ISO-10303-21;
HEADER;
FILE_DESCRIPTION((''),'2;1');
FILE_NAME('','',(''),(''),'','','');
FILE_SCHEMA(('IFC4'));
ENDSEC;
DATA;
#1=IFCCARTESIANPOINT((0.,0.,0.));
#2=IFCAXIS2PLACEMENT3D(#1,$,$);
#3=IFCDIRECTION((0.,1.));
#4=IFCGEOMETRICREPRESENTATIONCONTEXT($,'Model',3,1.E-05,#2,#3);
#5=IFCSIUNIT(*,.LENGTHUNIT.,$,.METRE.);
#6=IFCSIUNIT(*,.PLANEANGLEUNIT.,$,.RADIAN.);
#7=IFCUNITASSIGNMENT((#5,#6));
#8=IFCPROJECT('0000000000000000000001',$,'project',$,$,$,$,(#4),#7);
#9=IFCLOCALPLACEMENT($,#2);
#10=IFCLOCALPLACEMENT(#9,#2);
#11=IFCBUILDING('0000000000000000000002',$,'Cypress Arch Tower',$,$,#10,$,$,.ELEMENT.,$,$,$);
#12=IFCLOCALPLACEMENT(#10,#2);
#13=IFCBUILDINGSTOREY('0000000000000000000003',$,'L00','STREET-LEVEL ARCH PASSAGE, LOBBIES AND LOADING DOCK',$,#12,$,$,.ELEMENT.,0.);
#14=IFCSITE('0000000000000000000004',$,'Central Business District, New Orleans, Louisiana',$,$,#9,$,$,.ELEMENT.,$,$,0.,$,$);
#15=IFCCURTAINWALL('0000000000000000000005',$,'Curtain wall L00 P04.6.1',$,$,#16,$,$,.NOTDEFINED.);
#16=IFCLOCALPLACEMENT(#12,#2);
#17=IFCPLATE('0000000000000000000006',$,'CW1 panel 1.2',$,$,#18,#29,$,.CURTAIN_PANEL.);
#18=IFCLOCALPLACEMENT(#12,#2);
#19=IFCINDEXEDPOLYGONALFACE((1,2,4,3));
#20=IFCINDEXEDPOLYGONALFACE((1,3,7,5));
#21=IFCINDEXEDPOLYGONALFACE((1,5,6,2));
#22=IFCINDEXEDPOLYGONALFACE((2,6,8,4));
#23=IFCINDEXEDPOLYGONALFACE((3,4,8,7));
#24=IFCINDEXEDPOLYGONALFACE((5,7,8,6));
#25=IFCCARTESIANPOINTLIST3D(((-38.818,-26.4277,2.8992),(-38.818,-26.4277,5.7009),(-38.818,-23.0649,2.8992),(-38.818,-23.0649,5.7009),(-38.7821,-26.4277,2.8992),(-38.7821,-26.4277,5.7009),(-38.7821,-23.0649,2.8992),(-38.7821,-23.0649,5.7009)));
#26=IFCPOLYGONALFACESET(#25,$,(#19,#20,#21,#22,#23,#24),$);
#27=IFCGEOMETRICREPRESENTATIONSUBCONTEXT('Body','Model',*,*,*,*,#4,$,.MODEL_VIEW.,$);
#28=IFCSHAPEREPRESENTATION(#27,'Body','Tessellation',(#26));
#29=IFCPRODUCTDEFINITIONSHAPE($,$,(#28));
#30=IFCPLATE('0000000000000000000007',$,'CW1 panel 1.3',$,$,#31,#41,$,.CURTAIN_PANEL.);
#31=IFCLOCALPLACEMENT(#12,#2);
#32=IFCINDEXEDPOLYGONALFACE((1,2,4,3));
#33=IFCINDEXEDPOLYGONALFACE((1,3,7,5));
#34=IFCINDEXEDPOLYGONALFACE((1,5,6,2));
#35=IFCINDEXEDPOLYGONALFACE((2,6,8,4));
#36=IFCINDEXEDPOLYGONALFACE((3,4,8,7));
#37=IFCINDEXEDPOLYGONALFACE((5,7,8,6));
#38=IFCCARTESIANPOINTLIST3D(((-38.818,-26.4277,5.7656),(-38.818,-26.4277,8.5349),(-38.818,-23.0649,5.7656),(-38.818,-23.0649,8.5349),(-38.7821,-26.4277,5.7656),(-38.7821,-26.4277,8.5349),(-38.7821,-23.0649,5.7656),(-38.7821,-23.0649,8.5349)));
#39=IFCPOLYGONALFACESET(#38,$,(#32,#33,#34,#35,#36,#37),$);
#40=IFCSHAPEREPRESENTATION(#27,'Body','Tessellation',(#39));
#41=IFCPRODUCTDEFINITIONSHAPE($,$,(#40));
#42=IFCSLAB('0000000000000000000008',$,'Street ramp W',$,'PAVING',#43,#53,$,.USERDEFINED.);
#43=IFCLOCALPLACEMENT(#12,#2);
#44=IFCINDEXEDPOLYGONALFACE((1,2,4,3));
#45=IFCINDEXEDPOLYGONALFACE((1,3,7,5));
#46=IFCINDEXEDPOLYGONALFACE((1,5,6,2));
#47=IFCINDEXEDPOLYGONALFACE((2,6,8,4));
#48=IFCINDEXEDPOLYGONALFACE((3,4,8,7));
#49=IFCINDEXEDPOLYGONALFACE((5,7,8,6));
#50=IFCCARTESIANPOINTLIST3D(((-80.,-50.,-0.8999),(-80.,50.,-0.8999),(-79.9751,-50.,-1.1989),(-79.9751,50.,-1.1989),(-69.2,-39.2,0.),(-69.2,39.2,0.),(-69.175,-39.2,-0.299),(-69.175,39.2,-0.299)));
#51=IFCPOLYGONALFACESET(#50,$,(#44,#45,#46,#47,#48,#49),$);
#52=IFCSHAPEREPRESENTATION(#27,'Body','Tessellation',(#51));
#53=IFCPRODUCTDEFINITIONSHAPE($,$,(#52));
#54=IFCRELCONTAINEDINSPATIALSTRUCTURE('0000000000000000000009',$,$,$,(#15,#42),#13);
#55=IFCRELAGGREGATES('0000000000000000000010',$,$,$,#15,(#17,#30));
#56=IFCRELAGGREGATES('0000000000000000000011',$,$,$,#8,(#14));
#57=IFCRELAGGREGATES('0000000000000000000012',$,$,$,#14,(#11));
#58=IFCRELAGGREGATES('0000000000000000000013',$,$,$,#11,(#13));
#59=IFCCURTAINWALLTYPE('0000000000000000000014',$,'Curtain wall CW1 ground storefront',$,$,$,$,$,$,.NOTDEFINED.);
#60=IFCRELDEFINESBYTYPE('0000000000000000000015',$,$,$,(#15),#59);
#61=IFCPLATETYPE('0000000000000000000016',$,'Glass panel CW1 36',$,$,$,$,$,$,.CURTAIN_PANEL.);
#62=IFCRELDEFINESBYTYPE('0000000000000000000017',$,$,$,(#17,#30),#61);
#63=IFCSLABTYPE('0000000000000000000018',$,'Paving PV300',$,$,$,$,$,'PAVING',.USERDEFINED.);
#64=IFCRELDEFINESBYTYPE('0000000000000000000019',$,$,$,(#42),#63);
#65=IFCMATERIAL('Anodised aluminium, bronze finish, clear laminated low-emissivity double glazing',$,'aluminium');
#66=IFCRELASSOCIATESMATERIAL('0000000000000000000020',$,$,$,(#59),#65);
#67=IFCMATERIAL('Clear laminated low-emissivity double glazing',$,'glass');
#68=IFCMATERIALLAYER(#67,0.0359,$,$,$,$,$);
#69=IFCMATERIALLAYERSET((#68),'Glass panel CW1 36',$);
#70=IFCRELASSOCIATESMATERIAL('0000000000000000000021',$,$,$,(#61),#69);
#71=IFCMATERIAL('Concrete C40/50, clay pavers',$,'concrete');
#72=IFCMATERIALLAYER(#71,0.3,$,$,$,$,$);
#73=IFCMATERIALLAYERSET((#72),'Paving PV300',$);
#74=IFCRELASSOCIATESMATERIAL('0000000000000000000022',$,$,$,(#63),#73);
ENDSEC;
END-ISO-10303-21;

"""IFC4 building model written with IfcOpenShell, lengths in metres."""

from ifc_helpers import new_model, si_unit, direction, frame, origin, origin_2d, place, context, subcontext, project, spatial, polyline, rectangle, outline, extrude, material, layer, layer_set, type_object, element, aggregate, save


model = new_model("IFC4")

# Units and contexts
model_context = context("Model", 3, precision=1e-05, world=origin(), true_north=direction((0.0, 1.0)))
body_context = subcontext(model_context, "Body", "Model", "MODEL_VIEW")
ifc_project = project(units=[si_unit("LENGTHUNIT", "METRE"), si_unit("PLANEANGLEUNIT", "RADIAN")], contexts=[model_context])

# Site, building, storey
site_placement = place(None, origin())
site = spatial("IfcSite", under=ifc_project, at=site_placement, Name="Central Business District, New Orleans, Louisiana", CompositionType="ELEMENT", RefElevation=0.0)
building_placement = place(site_placement, origin())
building = spatial("IfcBuilding", under=site, at=building_placement, Name="Cypress Arch Tower", CompositionType="ELEMENT")
storey_placement = place(building_placement, origin())
storey = spatial("IfcBuildingStorey", under=building, at=storey_placement, Name="L00", Description="STREET-LEVEL ARCH PASSAGE, LOBBIES AND LOADING DOCK", CompositionType="ELEMENT", Elevation=0.0)

# Curtain wall
ifc_material_1 = material(Name="Anodised aluminium, bronze finish, clear laminated low-emissivity double glazing", Category="aluminium")
curtain_wall_type = type_object("IfcCurtainWallType", Name="Curtain wall CW1 ground storefront", PredefinedType="NOTDEFINED", material=ifc_material_1)
curtain_wall_1_placement = place(storey_placement, origin())
curtain_wall_1 = element("IfcCurtainWall", 1, at=curtain_wall_1_placement, inside=storey, type_object=curtain_wall_type, Name="Curtain wall L00 P04.6.1", PredefinedType="NOTDEFINED")

# Plates
ifc_material_2 = material(Name="Clear laminated low-emissivity double glazing", Category="glass")
ifc_layer_1 = layer(ifc_material_2, 0.0359)
ifc_layer_set_1 = layer_set([ifc_layer_1], Name="Glass panel CW1 36")
plate_type = type_object("IfcPlateType", Name="Glass panel CW1 36", PredefinedType="CURTAIN_PANEL", material=ifc_layer_set_1)
plate_1_placement = place(storey_placement, frame((-38.8, -24.7463, 2.8992), z_axis=(0.0, 0.0, 1.0), x_axis=(0.0, -1.0, 0.0)))
plate_1 = element("IfcPlate", 2, at=plate_1_placement, type_object=plate_type, Name="CW1 panel 1.2", PredefinedType="CURTAIN_PANEL", context=body_context, shape_type="SweptSolid", body=[
    extrude(rectangle(XDim=3.3628, YDim=0.0359, at=origin_2d()), origin(), (0.0, 0.0, 1.0), 2.8018),
])
plate_2_placement = place(storey_placement, frame((-38.8, -24.7463, 5.7656), z_axis=(0.0, 0.0, 1.0), x_axis=(0.0, -1.0, 0.0)))
plate_2 = element("IfcPlate", 3, at=plate_2_placement, type_object=plate_type, Name="CW1 panel 1.3", PredefinedType="CURTAIN_PANEL", context=body_context, shape_type="SweptSolid", body=[
    extrude(rectangle(XDim=3.3628, YDim=0.0359, at=origin_2d()), origin(), (0.0, 0.0, 1.0), 2.7693),
])
aggregate(curtain_wall_1, [plate_1, plate_2])

# Slab
ifc_material_3 = material(Name="Concrete C40/50, clay pavers", Category="concrete")
ifc_layer_2 = layer(ifc_material_3, 0.3)
ifc_layer_set_2 = layer_set([ifc_layer_2], Name="Paving PV300")
slab_type = type_object("IfcSlabType", Name="Paving PV300", ElementType="PAVING", PredefinedType="USERDEFINED", material=ifc_layer_set_2)
slab_placement = place(storey_placement, frame((-69.2, -39.2, 0.0), z_axis=(-0.083036, 0.0, 0.996547), x_axis=(0.0, 1.0, 0.0)))
element("IfcSlab", 4, at=slab_placement, inside=storey, type_object=slab_type, Name="Street ramp W", ObjectType="PAVING", PredefinedType="USERDEFINED", context=body_context, shape_type="SweptSolid", body=[
    extrude(outline(polyline([(0.0, 0.0), (78.3999, 0.0), (89.2, 10.8375), (-10.8, 10.8375), (0.0, 0.0)])), origin(), (0.0, 0.0, -1.0), 0.3),
])

save(model, "model.ifc")
